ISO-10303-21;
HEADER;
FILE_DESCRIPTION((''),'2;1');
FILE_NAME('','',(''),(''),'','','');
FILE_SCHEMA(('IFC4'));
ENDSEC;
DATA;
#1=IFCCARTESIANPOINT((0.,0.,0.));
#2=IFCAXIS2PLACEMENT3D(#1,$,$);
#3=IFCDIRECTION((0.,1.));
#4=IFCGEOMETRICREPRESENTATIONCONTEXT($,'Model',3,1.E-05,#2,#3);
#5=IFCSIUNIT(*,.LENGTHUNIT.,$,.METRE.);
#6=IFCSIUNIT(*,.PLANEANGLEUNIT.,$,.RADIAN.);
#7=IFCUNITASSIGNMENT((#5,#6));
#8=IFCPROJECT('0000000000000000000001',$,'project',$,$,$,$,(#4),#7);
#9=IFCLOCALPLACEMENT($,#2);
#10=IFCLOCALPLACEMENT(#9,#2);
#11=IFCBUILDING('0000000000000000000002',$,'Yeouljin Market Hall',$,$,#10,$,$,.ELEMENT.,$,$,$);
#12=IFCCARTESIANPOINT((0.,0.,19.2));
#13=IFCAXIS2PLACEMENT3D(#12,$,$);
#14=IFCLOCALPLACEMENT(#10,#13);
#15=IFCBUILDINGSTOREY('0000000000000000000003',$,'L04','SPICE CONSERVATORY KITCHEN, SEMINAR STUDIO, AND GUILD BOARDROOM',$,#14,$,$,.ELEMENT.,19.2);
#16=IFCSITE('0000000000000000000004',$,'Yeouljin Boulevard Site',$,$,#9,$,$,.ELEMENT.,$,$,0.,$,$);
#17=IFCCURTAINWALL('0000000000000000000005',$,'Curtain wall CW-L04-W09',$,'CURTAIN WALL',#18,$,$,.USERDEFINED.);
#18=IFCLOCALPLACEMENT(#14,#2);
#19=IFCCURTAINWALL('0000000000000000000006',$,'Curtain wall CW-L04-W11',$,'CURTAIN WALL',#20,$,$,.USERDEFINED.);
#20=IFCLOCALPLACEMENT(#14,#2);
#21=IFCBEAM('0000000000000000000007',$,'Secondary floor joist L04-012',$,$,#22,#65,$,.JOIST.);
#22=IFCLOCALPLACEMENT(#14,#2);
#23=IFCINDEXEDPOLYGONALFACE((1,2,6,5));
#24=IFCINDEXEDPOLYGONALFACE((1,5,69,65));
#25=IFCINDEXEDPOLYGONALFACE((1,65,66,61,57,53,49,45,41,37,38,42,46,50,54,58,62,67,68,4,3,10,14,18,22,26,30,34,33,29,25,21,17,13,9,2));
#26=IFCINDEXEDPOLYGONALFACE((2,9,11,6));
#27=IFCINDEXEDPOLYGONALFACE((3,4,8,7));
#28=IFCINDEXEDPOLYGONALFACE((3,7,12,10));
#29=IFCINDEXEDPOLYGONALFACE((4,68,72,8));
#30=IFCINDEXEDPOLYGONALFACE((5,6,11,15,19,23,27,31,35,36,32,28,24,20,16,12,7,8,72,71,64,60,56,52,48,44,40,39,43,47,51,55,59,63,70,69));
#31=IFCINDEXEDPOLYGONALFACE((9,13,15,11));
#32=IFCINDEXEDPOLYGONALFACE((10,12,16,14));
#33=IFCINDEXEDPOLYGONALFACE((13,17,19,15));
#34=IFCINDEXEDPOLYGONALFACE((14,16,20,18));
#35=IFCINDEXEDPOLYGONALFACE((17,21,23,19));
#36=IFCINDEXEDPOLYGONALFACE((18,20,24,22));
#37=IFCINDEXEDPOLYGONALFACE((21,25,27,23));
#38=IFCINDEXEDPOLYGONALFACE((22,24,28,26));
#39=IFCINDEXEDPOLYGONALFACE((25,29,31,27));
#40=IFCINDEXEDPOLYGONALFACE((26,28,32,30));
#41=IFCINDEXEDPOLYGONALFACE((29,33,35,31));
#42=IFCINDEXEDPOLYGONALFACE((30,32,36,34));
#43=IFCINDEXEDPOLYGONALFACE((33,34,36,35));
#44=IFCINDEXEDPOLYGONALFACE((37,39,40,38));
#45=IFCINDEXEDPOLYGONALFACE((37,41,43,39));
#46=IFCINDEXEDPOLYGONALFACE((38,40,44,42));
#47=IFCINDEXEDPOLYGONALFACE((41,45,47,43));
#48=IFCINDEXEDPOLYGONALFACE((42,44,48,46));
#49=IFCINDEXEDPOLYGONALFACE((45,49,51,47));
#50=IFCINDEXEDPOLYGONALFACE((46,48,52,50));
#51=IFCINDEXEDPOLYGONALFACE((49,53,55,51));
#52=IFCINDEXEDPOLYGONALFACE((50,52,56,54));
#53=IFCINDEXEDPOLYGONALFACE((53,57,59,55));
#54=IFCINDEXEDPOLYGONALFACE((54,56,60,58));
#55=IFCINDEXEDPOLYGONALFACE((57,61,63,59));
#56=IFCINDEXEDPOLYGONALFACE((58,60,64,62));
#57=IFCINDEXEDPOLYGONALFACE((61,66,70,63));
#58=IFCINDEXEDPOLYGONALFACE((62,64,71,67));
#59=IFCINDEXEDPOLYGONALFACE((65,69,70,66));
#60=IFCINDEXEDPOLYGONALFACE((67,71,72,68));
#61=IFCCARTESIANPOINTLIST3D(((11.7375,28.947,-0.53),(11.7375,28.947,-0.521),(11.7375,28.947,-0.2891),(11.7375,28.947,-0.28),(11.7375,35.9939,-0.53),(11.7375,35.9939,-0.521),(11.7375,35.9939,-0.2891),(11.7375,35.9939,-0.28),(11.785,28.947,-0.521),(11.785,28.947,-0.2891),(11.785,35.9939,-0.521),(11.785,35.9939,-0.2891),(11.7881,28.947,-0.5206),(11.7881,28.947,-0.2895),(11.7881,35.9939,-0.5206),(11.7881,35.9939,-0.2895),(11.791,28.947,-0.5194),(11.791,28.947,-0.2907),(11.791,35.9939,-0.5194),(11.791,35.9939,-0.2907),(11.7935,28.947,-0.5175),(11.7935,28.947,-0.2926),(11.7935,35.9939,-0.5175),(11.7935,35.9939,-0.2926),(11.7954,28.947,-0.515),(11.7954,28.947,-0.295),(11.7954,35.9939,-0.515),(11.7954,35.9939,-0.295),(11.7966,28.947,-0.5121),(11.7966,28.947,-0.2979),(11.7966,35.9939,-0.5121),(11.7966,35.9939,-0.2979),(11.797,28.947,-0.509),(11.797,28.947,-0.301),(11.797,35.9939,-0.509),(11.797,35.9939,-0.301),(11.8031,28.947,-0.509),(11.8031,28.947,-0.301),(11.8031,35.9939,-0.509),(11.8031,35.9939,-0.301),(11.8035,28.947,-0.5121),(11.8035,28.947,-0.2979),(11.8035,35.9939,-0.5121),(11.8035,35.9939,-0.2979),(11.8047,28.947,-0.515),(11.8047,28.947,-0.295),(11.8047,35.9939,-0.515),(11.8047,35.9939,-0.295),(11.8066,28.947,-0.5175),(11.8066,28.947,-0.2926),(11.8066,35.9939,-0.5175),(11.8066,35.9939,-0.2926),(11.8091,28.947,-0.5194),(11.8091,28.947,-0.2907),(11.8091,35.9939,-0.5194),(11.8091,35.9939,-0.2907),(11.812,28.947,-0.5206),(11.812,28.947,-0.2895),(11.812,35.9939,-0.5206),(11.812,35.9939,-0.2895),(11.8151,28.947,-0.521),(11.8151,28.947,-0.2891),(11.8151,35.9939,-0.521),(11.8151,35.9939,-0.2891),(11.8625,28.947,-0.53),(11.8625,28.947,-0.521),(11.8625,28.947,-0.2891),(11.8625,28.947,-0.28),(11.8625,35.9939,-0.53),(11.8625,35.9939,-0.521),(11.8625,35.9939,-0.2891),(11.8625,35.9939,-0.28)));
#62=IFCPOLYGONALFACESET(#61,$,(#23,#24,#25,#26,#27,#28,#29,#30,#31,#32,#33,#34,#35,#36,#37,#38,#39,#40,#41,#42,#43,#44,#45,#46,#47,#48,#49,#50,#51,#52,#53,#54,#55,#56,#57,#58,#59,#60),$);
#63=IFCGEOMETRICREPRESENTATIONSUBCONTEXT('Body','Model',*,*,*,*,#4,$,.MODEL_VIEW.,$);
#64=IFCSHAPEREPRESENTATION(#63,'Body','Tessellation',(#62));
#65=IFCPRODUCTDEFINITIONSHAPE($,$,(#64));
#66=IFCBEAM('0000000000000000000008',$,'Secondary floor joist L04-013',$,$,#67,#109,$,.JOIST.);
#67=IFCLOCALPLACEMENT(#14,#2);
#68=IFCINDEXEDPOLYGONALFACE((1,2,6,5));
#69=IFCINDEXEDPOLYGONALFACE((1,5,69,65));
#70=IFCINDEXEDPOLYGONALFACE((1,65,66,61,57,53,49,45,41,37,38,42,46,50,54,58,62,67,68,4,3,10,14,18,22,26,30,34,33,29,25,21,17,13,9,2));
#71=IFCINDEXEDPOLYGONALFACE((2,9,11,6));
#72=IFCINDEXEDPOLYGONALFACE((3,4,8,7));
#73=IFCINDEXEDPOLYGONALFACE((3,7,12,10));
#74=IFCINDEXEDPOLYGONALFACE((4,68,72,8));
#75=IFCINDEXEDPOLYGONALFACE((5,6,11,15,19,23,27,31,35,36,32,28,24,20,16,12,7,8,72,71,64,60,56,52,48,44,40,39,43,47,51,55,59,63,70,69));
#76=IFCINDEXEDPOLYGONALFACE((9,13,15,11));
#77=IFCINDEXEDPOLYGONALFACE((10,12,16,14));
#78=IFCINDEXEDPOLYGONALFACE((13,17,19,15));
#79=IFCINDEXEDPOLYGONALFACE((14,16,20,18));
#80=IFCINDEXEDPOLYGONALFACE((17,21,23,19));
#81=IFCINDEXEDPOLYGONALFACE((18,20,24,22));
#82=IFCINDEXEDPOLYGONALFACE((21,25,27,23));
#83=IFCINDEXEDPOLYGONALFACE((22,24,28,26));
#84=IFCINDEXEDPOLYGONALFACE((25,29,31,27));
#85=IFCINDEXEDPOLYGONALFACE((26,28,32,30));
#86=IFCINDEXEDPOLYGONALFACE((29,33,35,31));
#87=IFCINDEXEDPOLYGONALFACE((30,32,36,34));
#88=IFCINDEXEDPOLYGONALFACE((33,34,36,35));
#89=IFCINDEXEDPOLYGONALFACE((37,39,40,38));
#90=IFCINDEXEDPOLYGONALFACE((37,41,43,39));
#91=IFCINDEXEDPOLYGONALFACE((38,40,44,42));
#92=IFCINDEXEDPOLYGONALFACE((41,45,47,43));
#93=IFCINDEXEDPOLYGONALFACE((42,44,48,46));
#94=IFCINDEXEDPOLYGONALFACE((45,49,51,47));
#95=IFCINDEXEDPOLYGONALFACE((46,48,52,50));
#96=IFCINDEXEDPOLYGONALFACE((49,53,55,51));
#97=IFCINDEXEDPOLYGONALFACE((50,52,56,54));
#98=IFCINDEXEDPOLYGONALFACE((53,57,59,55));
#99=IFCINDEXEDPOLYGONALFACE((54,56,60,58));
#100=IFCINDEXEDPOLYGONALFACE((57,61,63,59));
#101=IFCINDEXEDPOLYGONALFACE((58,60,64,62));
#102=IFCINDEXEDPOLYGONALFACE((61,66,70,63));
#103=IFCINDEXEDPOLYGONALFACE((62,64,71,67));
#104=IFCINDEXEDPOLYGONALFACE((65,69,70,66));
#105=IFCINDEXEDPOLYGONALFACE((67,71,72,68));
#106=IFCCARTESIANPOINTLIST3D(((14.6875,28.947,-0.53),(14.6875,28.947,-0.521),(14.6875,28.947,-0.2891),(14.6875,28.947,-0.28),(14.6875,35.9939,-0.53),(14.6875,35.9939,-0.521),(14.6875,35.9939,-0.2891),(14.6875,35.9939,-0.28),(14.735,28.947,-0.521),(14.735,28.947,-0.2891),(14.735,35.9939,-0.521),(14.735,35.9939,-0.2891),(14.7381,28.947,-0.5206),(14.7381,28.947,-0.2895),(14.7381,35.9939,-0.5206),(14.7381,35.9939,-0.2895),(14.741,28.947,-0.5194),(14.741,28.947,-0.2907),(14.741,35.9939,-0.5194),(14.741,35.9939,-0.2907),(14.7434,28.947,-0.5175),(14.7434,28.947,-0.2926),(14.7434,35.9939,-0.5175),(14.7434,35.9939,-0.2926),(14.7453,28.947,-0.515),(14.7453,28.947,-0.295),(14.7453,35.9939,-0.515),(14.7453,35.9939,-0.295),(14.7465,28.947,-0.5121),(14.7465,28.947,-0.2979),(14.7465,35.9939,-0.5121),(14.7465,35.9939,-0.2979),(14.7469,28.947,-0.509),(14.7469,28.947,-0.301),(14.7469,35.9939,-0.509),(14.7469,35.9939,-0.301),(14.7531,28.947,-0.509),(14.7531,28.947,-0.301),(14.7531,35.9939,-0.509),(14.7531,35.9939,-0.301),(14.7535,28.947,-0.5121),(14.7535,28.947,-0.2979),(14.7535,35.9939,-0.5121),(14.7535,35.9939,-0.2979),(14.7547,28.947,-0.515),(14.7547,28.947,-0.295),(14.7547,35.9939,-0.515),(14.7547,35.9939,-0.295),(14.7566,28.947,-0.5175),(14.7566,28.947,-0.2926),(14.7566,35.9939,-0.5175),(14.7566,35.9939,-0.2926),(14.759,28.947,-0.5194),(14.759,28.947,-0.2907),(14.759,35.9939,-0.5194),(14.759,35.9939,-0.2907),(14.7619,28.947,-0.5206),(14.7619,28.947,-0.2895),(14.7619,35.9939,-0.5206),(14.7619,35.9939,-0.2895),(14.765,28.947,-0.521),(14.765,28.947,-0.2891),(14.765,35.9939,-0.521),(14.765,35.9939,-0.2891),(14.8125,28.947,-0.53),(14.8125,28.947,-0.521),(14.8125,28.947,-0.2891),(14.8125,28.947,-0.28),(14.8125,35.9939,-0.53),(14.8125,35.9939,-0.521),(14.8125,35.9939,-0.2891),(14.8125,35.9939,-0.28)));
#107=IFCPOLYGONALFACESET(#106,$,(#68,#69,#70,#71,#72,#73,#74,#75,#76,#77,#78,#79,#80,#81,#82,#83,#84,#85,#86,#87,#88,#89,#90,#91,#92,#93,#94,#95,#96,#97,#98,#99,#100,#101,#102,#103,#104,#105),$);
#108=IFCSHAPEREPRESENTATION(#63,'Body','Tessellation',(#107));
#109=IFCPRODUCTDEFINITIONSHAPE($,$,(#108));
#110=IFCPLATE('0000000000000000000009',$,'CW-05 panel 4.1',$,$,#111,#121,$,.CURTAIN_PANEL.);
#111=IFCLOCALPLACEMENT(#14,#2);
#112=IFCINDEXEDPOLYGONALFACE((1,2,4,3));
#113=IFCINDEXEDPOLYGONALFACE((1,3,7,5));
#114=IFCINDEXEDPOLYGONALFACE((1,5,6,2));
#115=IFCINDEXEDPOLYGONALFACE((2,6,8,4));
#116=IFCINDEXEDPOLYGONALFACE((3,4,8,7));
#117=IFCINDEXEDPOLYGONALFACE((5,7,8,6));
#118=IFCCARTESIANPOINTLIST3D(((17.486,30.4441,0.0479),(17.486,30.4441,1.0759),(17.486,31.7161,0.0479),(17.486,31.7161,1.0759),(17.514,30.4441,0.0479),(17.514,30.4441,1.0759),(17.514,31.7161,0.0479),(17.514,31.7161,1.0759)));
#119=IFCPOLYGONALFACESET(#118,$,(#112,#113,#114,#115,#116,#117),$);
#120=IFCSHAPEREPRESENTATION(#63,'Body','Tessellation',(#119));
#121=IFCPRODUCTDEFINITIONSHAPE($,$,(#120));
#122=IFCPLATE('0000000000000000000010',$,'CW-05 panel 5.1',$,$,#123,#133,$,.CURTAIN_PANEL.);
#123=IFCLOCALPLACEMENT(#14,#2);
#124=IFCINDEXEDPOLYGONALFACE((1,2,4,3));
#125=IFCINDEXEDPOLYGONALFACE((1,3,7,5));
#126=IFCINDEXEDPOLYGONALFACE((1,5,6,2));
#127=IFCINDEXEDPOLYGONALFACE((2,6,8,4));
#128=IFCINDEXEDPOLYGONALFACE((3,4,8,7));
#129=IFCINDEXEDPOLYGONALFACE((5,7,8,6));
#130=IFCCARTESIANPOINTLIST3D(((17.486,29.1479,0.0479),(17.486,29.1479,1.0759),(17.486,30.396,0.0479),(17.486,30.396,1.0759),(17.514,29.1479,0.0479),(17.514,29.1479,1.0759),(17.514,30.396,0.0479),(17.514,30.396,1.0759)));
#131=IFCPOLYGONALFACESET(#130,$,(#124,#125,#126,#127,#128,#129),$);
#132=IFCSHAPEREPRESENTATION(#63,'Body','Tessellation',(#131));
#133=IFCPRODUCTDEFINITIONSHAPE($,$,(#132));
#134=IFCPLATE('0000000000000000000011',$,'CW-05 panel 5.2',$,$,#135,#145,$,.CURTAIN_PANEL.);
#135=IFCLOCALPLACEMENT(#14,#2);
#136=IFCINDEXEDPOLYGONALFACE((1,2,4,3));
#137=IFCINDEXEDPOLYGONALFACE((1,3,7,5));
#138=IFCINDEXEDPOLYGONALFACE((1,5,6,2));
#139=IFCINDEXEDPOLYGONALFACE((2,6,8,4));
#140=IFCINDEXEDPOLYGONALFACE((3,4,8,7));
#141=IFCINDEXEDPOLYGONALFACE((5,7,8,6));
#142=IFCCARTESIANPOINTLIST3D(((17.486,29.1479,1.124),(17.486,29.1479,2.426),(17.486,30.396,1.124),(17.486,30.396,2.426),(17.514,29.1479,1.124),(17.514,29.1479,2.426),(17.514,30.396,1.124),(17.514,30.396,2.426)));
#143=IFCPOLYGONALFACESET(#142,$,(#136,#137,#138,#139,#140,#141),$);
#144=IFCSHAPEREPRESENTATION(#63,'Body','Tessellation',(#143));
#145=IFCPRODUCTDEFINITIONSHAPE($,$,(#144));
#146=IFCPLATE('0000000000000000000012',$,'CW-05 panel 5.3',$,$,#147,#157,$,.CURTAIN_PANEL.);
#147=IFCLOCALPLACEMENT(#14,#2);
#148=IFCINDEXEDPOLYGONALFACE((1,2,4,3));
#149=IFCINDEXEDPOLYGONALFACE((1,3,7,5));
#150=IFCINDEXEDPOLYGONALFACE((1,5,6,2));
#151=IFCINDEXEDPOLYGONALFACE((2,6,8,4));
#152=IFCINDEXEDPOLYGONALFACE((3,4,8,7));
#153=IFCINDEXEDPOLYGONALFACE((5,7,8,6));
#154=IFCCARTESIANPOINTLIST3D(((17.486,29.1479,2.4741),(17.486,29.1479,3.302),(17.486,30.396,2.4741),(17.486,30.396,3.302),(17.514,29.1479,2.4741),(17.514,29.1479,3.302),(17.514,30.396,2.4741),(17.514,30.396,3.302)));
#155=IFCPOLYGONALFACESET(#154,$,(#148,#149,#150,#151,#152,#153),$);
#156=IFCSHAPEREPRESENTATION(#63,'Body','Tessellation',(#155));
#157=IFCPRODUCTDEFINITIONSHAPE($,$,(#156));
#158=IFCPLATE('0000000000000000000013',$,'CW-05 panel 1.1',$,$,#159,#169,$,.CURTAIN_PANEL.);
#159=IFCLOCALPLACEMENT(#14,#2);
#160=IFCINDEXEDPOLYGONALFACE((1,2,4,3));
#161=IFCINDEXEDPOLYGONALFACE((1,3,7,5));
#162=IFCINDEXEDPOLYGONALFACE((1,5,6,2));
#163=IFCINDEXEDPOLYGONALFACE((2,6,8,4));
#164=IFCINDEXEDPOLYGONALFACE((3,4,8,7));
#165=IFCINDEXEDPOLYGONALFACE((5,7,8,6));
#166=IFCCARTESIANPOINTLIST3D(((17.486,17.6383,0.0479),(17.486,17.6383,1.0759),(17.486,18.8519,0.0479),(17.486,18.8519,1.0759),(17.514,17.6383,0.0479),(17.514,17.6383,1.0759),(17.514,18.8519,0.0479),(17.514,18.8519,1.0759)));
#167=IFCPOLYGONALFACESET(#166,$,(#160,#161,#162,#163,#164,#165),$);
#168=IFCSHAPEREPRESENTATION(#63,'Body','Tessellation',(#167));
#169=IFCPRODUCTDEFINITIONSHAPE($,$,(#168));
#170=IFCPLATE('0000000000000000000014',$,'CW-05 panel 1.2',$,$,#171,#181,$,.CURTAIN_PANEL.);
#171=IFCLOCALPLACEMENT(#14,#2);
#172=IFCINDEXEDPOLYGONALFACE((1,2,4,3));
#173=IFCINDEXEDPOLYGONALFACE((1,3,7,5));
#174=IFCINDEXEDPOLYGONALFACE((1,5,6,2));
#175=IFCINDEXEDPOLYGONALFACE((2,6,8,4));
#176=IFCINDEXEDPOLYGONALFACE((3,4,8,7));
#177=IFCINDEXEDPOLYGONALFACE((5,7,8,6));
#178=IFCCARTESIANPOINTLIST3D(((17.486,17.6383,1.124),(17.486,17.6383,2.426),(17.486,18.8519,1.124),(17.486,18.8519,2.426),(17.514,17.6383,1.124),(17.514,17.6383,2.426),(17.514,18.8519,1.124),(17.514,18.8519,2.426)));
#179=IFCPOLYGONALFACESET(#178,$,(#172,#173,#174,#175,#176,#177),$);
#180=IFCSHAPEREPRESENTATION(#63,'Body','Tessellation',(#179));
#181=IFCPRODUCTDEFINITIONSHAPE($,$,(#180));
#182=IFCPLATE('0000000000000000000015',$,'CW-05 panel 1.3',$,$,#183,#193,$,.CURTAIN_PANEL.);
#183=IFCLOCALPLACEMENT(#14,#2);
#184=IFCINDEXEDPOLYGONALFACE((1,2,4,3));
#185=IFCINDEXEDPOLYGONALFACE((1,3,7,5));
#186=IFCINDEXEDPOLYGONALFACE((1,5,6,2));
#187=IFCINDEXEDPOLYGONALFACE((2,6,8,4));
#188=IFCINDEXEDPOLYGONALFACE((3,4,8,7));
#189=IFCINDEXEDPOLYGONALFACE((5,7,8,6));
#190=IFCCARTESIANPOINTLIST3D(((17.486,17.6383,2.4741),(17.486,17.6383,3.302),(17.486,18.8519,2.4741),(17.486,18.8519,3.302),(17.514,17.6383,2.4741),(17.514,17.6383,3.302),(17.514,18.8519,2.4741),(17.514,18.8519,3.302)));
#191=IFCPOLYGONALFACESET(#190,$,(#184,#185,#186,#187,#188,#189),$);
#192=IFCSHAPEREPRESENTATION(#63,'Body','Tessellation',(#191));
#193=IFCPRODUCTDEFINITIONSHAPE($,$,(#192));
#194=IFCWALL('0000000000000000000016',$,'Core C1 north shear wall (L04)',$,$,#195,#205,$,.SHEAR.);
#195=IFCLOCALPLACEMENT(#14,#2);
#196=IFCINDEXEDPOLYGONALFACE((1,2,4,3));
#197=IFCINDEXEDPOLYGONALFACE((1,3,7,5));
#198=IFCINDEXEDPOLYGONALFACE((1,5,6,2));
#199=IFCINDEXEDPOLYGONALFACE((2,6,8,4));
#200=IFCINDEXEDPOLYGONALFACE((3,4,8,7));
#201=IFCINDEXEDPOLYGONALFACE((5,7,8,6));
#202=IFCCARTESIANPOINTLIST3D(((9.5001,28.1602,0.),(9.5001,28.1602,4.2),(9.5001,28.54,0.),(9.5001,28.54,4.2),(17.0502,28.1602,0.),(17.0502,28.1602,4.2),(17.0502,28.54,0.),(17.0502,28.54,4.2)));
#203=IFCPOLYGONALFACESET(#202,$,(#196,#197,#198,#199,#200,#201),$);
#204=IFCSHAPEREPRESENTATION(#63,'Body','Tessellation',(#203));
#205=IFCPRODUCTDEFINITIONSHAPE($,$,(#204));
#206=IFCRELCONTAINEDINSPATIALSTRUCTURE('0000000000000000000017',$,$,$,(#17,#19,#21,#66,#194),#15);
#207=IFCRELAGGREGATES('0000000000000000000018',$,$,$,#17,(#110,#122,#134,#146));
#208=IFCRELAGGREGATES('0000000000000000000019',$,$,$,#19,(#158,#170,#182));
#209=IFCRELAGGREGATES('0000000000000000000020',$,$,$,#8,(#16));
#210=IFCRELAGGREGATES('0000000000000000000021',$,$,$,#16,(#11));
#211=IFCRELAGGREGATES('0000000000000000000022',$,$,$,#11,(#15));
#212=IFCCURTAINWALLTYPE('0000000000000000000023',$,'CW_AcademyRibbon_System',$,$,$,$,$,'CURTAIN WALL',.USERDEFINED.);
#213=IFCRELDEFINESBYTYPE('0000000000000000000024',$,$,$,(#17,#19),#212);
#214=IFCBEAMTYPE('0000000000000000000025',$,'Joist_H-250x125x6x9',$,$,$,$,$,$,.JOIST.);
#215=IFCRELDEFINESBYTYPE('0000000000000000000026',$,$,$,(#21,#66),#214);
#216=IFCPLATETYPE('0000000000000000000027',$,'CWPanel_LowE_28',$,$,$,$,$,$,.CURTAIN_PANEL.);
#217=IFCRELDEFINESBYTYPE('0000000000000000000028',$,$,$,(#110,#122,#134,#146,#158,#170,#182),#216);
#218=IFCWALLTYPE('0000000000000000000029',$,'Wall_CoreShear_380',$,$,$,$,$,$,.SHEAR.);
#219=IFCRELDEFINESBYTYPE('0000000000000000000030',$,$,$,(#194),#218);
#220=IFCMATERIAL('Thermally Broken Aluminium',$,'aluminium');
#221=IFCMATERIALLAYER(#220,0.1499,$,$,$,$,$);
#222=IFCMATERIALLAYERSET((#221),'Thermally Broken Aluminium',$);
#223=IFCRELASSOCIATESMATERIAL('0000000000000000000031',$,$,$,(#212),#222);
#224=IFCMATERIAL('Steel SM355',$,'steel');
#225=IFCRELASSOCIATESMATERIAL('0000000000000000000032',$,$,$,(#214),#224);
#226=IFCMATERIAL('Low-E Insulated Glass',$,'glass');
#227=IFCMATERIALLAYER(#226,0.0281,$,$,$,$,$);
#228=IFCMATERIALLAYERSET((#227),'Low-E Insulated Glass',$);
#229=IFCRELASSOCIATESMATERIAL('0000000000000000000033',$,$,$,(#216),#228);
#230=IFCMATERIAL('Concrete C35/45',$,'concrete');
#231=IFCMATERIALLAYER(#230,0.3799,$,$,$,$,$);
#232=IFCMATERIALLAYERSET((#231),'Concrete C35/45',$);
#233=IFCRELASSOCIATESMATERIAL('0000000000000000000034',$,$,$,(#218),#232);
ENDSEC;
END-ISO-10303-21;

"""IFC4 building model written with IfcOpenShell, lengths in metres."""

from ifc_helpers import new_model, si_unit, direction, frame, frame_2d, origin, origin_2d, place, context, subcontext, project, spatial, rectangle, i_section, extrude, material, layer, layer_set, material_profile, profile_set, type_object, element, aggregate, save


model = new_model("IFC4")

# Units and contexts
model_context = context("Model", 3, precision=1e-05, world=origin(), true_north=direction((0.0, 1.0)))
body_context = subcontext(model_context, "Body", "Model", "MODEL_VIEW")
ifc_project = project(units=[si_unit("LENGTHUNIT", "METRE"), si_unit("PLANEANGLEUNIT", "RADIAN")], contexts=[model_context])

# Site, building, storey
site_placement = place(None, origin())
site = spatial("IfcSite", under=ifc_project, at=site_placement, Name="Yeouljin Boulevard Site", CompositionType="ELEMENT", RefElevation=0.0)
building_placement = place(site_placement, origin())
building = spatial("IfcBuilding", under=site, at=building_placement, Name="Yeouljin Market Hall", CompositionType="ELEMENT")
storey_placement = place(building_placement, frame((0.0, 0.0, 19.2)))
storey = spatial("IfcBuildingStorey", under=building, at=storey_placement, Name="L04", Description="SPICE CONSERVATORY KITCHEN, SEMINAR STUDIO, AND GUILD BOARDROOM", CompositionType="ELEMENT", Elevation=19.2)

# Curtain walls
ifc_material_1 = material(Name="Thermally Broken Aluminium", Category="aluminium")
ifc_layer_1 = layer(ifc_material_1, 0.1499)
ifc_layer_set_1 = layer_set([ifc_layer_1], Name="Thermally Broken Aluminium")
curtain_wall_type = type_object("IfcCurtainWallType", Name="CW_AcademyRibbon_System", ElementType="CURTAIN WALL", PredefinedType="USERDEFINED", material=ifc_layer_set_1)
curtain_wall_1_placement = place(storey_placement, origin())
curtain_wall_1 = element("IfcCurtainWall", 1, at=curtain_wall_1_placement, inside=storey, type_object=curtain_wall_type, Name="Curtain wall CW-L04-W09", ObjectType="CURTAIN WALL", PredefinedType="USERDEFINED")
curtain_wall_2_placement = place(storey_placement, origin())
curtain_wall_2 = element("IfcCurtainWall", 2, at=curtain_wall_2_placement, inside=storey, type_object=curtain_wall_type, Name="Curtain wall CW-L04-W11", ObjectType="CURTAIN WALL", PredefinedType="USERDEFINED")

# Beams
ifc_material_2 = material(Name="Steel SM355", Category="steel")
ifc_material_profile_1 = material_profile(ifc_material_2, i_section(OverallWidth=0.125, OverallDepth=0.25, WebThickness=0.0061, FlangeThickness=0.009, FilletRadius=0.012, at=origin_2d()), Name="H-250x125x6x9")
ifc_profile_set_1 = profile_set([ifc_material_profile_1], Name="Steel SM355")
beam_type = type_object("IfcBeamType", Name="Joist_H-250x125x6x9", PredefinedType="JOIST", material=ifc_profile_set_1)
for number, where, z_axis, x_axis, name in (
    (3, (11.8, 28.947, -0.405), (0.0, 1.0, 0.0), (-1.0, 0.0, 0.0), "Secondary floor joist L04-012"),
    (4, (14.75, 28.947, -0.405), (0.0, 1.0, 0.0), (-1.0, 0.0, 0.0), "Secondary floor joist L04-013"),
):
    element("IfcBeam", number, at=place(storey_placement, frame(where, z_axis=z_axis, x_axis=x_axis)), inside=storey, type_object=beam_type, Name=name, PredefinedType="JOIST", context=body_context, shape_type="SweptSolid", body=[
        extrude(i_section(OverallWidth=0.125, OverallDepth=0.25, WebThickness=0.0061, FlangeThickness=0.009, FilletRadius=0.012, at=origin_2d()), origin(), (0.0, 0.0, 1.0), 7.0469),
    ])

# Plates
ifc_material_3 = material(Name="Low-E Insulated Glass", Category="glass")
ifc_layer_2 = layer(ifc_material_3, 0.0281)
ifc_layer_set_2 = layer_set([ifc_layer_2], Name="Low-E Insulated Glass")
plate_type = type_object("IfcPlateType", Name="CWPanel_LowE_28", PredefinedType="CURTAIN_PANEL", material=ifc_layer_set_2)
plate_1_placement = place(storey_placement, frame((17.5, 31.0801, 0.0479), z_axis=(0.0, 0.0, 1.0), x_axis=(0.0, -1.0, 0.0)))
plate_1 = element("IfcPlate", 5, at=plate_1_placement, type_object=plate_type, Name="CW-05 panel 4.1", PredefinedType="CURTAIN_PANEL", context=body_context, shape_type="SweptSolid", body=[
    extrude(rectangle(XDim=1.272, YDim=0.0281, at=origin_2d()), origin(), (0.0, 0.0, 1.0), 1.0281),
])
plate_2_placement = place(storey_placement, frame((17.5, 29.772, 0.0479), z_axis=(0.0, 0.0, 1.0), x_axis=(0.0, -1.0, 0.0)))
plate_2 = element("IfcPlate", 6, at=plate_2_placement, type_object=plate_type, Name="CW-05 panel 5.1", PredefinedType="CURTAIN_PANEL", context=body_context, shape_type="SweptSolid", body=[
    extrude(rectangle(XDim=1.248, YDim=0.0281, at=origin_2d()), origin(), (0.0, 0.0, 1.0), 1.0281),
])
plate_3_placement = place(storey_placement, frame((17.5, 29.772, 1.124), z_axis=(0.0, 0.0, 1.0), x_axis=(0.0, -1.0, 0.0)))
plate_3 = element("IfcPlate", 7, at=plate_3_placement, type_object=plate_type, Name="CW-05 panel 5.2", PredefinedType="CURTAIN_PANEL", context=body_context, shape_type="SweptSolid", body=[
    extrude(rectangle(XDim=1.248, YDim=0.0281, at=origin_2d()), origin(), (0.0, 0.0, 1.0), 1.302),
])
plate_4_placement = place(storey_placement, frame((17.5, 29.772, 2.4741), z_axis=(0.0, 0.0, 1.0), x_axis=(0.0, -1.0, 0.0)))
plate_4 = element("IfcPlate", 8, at=plate_4_placement, type_object=plate_type, Name="CW-05 panel 5.3", PredefinedType="CURTAIN_PANEL", context=body_context, shape_type="SweptSolid", body=[
    extrude(rectangle(XDim=1.248, YDim=0.0281, at=origin_2d()), origin(), (0.0, 0.0, 1.0), 0.8279),
])
aggregate(curtain_wall_1, [plate_1, plate_2, plate_3, plate_4])
plate_5_placement = place(storey_placement, frame((17.5, 18.2451, 0.0479), z_axis=(0.0, 0.0, 1.0), x_axis=(0.0, -1.0, 0.0)))
plate_5 = element("IfcPlate", 9, at=plate_5_placement, type_object=plate_type, Name="CW-05 panel 1.1", PredefinedType="CURTAIN_PANEL", context=body_context, shape_type="SweptSolid", body=[
    extrude(rectangle(XDim=1.2136, YDim=0.0281, at=origin_2d()), origin(), (0.0, 0.0, 1.0), 1.0281),
])
plate_6_placement = place(storey_placement, frame((17.5, 18.2451, 1.124), z_axis=(0.0, 0.0, 1.0), x_axis=(0.0, -1.0, 0.0)))
plate_6 = element("IfcPlate", 10, at=plate_6_placement, type_object=plate_type, Name="CW-05 panel 1.2", PredefinedType="CURTAIN_PANEL", context=body_context, shape_type="SweptSolid", body=[
    extrude(rectangle(XDim=1.2136, YDim=0.0281, at=origin_2d()), origin(), (0.0, 0.0, 1.0), 1.302),
])
plate_7_placement = place(storey_placement, frame((17.5, 18.2451, 2.4741), z_axis=(0.0, 0.0, 1.0), x_axis=(0.0, -1.0, 0.0)))
plate_7 = element("IfcPlate", 11, at=plate_7_placement, type_object=plate_type, Name="CW-05 panel 1.3", PredefinedType="CURTAIN_PANEL", context=body_context, shape_type="SweptSolid", body=[
    extrude(rectangle(XDim=1.2136, YDim=0.0281, at=origin_2d()), origin(), (0.0, 0.0, 1.0), 0.8279),
])
aggregate(curtain_wall_2, [plate_5, plate_6, plate_7])

# Wall
ifc_material_4 = material(Name="Concrete C35/45", Category="concrete")
ifc_layer_3 = layer(ifc_material_4, 0.3799)
ifc_layer_set_3 = layer_set([ifc_layer_3], Name="Concrete C35/45")
wall_type_1 = type_object("IfcWallType", Name="Wall_CoreShear_380", PredefinedType="SHEAR", material=ifc_layer_set_3)
wall_1_placement = place(storey_placement, frame((17.05, 28.3501, 0.0), z_axis=(0.0, 0.0, 1.0), x_axis=(-1.0, 0.0, 0.0)))
element("IfcWall", 12, at=wall_1_placement, inside=storey, type_object=wall_type_1, Name="Core C1 north shear wall (L04)", PredefinedType="SHEAR", context=body_context, shape_type="SweptSolid", body=[
    extrude(rectangle(XDim=7.55, YDim=0.3799, at=frame_2d((3.7749, 0.0))), origin(), (0.0, 0.0, 1.0), 4.2),
])

save(model, "model.ifc")
